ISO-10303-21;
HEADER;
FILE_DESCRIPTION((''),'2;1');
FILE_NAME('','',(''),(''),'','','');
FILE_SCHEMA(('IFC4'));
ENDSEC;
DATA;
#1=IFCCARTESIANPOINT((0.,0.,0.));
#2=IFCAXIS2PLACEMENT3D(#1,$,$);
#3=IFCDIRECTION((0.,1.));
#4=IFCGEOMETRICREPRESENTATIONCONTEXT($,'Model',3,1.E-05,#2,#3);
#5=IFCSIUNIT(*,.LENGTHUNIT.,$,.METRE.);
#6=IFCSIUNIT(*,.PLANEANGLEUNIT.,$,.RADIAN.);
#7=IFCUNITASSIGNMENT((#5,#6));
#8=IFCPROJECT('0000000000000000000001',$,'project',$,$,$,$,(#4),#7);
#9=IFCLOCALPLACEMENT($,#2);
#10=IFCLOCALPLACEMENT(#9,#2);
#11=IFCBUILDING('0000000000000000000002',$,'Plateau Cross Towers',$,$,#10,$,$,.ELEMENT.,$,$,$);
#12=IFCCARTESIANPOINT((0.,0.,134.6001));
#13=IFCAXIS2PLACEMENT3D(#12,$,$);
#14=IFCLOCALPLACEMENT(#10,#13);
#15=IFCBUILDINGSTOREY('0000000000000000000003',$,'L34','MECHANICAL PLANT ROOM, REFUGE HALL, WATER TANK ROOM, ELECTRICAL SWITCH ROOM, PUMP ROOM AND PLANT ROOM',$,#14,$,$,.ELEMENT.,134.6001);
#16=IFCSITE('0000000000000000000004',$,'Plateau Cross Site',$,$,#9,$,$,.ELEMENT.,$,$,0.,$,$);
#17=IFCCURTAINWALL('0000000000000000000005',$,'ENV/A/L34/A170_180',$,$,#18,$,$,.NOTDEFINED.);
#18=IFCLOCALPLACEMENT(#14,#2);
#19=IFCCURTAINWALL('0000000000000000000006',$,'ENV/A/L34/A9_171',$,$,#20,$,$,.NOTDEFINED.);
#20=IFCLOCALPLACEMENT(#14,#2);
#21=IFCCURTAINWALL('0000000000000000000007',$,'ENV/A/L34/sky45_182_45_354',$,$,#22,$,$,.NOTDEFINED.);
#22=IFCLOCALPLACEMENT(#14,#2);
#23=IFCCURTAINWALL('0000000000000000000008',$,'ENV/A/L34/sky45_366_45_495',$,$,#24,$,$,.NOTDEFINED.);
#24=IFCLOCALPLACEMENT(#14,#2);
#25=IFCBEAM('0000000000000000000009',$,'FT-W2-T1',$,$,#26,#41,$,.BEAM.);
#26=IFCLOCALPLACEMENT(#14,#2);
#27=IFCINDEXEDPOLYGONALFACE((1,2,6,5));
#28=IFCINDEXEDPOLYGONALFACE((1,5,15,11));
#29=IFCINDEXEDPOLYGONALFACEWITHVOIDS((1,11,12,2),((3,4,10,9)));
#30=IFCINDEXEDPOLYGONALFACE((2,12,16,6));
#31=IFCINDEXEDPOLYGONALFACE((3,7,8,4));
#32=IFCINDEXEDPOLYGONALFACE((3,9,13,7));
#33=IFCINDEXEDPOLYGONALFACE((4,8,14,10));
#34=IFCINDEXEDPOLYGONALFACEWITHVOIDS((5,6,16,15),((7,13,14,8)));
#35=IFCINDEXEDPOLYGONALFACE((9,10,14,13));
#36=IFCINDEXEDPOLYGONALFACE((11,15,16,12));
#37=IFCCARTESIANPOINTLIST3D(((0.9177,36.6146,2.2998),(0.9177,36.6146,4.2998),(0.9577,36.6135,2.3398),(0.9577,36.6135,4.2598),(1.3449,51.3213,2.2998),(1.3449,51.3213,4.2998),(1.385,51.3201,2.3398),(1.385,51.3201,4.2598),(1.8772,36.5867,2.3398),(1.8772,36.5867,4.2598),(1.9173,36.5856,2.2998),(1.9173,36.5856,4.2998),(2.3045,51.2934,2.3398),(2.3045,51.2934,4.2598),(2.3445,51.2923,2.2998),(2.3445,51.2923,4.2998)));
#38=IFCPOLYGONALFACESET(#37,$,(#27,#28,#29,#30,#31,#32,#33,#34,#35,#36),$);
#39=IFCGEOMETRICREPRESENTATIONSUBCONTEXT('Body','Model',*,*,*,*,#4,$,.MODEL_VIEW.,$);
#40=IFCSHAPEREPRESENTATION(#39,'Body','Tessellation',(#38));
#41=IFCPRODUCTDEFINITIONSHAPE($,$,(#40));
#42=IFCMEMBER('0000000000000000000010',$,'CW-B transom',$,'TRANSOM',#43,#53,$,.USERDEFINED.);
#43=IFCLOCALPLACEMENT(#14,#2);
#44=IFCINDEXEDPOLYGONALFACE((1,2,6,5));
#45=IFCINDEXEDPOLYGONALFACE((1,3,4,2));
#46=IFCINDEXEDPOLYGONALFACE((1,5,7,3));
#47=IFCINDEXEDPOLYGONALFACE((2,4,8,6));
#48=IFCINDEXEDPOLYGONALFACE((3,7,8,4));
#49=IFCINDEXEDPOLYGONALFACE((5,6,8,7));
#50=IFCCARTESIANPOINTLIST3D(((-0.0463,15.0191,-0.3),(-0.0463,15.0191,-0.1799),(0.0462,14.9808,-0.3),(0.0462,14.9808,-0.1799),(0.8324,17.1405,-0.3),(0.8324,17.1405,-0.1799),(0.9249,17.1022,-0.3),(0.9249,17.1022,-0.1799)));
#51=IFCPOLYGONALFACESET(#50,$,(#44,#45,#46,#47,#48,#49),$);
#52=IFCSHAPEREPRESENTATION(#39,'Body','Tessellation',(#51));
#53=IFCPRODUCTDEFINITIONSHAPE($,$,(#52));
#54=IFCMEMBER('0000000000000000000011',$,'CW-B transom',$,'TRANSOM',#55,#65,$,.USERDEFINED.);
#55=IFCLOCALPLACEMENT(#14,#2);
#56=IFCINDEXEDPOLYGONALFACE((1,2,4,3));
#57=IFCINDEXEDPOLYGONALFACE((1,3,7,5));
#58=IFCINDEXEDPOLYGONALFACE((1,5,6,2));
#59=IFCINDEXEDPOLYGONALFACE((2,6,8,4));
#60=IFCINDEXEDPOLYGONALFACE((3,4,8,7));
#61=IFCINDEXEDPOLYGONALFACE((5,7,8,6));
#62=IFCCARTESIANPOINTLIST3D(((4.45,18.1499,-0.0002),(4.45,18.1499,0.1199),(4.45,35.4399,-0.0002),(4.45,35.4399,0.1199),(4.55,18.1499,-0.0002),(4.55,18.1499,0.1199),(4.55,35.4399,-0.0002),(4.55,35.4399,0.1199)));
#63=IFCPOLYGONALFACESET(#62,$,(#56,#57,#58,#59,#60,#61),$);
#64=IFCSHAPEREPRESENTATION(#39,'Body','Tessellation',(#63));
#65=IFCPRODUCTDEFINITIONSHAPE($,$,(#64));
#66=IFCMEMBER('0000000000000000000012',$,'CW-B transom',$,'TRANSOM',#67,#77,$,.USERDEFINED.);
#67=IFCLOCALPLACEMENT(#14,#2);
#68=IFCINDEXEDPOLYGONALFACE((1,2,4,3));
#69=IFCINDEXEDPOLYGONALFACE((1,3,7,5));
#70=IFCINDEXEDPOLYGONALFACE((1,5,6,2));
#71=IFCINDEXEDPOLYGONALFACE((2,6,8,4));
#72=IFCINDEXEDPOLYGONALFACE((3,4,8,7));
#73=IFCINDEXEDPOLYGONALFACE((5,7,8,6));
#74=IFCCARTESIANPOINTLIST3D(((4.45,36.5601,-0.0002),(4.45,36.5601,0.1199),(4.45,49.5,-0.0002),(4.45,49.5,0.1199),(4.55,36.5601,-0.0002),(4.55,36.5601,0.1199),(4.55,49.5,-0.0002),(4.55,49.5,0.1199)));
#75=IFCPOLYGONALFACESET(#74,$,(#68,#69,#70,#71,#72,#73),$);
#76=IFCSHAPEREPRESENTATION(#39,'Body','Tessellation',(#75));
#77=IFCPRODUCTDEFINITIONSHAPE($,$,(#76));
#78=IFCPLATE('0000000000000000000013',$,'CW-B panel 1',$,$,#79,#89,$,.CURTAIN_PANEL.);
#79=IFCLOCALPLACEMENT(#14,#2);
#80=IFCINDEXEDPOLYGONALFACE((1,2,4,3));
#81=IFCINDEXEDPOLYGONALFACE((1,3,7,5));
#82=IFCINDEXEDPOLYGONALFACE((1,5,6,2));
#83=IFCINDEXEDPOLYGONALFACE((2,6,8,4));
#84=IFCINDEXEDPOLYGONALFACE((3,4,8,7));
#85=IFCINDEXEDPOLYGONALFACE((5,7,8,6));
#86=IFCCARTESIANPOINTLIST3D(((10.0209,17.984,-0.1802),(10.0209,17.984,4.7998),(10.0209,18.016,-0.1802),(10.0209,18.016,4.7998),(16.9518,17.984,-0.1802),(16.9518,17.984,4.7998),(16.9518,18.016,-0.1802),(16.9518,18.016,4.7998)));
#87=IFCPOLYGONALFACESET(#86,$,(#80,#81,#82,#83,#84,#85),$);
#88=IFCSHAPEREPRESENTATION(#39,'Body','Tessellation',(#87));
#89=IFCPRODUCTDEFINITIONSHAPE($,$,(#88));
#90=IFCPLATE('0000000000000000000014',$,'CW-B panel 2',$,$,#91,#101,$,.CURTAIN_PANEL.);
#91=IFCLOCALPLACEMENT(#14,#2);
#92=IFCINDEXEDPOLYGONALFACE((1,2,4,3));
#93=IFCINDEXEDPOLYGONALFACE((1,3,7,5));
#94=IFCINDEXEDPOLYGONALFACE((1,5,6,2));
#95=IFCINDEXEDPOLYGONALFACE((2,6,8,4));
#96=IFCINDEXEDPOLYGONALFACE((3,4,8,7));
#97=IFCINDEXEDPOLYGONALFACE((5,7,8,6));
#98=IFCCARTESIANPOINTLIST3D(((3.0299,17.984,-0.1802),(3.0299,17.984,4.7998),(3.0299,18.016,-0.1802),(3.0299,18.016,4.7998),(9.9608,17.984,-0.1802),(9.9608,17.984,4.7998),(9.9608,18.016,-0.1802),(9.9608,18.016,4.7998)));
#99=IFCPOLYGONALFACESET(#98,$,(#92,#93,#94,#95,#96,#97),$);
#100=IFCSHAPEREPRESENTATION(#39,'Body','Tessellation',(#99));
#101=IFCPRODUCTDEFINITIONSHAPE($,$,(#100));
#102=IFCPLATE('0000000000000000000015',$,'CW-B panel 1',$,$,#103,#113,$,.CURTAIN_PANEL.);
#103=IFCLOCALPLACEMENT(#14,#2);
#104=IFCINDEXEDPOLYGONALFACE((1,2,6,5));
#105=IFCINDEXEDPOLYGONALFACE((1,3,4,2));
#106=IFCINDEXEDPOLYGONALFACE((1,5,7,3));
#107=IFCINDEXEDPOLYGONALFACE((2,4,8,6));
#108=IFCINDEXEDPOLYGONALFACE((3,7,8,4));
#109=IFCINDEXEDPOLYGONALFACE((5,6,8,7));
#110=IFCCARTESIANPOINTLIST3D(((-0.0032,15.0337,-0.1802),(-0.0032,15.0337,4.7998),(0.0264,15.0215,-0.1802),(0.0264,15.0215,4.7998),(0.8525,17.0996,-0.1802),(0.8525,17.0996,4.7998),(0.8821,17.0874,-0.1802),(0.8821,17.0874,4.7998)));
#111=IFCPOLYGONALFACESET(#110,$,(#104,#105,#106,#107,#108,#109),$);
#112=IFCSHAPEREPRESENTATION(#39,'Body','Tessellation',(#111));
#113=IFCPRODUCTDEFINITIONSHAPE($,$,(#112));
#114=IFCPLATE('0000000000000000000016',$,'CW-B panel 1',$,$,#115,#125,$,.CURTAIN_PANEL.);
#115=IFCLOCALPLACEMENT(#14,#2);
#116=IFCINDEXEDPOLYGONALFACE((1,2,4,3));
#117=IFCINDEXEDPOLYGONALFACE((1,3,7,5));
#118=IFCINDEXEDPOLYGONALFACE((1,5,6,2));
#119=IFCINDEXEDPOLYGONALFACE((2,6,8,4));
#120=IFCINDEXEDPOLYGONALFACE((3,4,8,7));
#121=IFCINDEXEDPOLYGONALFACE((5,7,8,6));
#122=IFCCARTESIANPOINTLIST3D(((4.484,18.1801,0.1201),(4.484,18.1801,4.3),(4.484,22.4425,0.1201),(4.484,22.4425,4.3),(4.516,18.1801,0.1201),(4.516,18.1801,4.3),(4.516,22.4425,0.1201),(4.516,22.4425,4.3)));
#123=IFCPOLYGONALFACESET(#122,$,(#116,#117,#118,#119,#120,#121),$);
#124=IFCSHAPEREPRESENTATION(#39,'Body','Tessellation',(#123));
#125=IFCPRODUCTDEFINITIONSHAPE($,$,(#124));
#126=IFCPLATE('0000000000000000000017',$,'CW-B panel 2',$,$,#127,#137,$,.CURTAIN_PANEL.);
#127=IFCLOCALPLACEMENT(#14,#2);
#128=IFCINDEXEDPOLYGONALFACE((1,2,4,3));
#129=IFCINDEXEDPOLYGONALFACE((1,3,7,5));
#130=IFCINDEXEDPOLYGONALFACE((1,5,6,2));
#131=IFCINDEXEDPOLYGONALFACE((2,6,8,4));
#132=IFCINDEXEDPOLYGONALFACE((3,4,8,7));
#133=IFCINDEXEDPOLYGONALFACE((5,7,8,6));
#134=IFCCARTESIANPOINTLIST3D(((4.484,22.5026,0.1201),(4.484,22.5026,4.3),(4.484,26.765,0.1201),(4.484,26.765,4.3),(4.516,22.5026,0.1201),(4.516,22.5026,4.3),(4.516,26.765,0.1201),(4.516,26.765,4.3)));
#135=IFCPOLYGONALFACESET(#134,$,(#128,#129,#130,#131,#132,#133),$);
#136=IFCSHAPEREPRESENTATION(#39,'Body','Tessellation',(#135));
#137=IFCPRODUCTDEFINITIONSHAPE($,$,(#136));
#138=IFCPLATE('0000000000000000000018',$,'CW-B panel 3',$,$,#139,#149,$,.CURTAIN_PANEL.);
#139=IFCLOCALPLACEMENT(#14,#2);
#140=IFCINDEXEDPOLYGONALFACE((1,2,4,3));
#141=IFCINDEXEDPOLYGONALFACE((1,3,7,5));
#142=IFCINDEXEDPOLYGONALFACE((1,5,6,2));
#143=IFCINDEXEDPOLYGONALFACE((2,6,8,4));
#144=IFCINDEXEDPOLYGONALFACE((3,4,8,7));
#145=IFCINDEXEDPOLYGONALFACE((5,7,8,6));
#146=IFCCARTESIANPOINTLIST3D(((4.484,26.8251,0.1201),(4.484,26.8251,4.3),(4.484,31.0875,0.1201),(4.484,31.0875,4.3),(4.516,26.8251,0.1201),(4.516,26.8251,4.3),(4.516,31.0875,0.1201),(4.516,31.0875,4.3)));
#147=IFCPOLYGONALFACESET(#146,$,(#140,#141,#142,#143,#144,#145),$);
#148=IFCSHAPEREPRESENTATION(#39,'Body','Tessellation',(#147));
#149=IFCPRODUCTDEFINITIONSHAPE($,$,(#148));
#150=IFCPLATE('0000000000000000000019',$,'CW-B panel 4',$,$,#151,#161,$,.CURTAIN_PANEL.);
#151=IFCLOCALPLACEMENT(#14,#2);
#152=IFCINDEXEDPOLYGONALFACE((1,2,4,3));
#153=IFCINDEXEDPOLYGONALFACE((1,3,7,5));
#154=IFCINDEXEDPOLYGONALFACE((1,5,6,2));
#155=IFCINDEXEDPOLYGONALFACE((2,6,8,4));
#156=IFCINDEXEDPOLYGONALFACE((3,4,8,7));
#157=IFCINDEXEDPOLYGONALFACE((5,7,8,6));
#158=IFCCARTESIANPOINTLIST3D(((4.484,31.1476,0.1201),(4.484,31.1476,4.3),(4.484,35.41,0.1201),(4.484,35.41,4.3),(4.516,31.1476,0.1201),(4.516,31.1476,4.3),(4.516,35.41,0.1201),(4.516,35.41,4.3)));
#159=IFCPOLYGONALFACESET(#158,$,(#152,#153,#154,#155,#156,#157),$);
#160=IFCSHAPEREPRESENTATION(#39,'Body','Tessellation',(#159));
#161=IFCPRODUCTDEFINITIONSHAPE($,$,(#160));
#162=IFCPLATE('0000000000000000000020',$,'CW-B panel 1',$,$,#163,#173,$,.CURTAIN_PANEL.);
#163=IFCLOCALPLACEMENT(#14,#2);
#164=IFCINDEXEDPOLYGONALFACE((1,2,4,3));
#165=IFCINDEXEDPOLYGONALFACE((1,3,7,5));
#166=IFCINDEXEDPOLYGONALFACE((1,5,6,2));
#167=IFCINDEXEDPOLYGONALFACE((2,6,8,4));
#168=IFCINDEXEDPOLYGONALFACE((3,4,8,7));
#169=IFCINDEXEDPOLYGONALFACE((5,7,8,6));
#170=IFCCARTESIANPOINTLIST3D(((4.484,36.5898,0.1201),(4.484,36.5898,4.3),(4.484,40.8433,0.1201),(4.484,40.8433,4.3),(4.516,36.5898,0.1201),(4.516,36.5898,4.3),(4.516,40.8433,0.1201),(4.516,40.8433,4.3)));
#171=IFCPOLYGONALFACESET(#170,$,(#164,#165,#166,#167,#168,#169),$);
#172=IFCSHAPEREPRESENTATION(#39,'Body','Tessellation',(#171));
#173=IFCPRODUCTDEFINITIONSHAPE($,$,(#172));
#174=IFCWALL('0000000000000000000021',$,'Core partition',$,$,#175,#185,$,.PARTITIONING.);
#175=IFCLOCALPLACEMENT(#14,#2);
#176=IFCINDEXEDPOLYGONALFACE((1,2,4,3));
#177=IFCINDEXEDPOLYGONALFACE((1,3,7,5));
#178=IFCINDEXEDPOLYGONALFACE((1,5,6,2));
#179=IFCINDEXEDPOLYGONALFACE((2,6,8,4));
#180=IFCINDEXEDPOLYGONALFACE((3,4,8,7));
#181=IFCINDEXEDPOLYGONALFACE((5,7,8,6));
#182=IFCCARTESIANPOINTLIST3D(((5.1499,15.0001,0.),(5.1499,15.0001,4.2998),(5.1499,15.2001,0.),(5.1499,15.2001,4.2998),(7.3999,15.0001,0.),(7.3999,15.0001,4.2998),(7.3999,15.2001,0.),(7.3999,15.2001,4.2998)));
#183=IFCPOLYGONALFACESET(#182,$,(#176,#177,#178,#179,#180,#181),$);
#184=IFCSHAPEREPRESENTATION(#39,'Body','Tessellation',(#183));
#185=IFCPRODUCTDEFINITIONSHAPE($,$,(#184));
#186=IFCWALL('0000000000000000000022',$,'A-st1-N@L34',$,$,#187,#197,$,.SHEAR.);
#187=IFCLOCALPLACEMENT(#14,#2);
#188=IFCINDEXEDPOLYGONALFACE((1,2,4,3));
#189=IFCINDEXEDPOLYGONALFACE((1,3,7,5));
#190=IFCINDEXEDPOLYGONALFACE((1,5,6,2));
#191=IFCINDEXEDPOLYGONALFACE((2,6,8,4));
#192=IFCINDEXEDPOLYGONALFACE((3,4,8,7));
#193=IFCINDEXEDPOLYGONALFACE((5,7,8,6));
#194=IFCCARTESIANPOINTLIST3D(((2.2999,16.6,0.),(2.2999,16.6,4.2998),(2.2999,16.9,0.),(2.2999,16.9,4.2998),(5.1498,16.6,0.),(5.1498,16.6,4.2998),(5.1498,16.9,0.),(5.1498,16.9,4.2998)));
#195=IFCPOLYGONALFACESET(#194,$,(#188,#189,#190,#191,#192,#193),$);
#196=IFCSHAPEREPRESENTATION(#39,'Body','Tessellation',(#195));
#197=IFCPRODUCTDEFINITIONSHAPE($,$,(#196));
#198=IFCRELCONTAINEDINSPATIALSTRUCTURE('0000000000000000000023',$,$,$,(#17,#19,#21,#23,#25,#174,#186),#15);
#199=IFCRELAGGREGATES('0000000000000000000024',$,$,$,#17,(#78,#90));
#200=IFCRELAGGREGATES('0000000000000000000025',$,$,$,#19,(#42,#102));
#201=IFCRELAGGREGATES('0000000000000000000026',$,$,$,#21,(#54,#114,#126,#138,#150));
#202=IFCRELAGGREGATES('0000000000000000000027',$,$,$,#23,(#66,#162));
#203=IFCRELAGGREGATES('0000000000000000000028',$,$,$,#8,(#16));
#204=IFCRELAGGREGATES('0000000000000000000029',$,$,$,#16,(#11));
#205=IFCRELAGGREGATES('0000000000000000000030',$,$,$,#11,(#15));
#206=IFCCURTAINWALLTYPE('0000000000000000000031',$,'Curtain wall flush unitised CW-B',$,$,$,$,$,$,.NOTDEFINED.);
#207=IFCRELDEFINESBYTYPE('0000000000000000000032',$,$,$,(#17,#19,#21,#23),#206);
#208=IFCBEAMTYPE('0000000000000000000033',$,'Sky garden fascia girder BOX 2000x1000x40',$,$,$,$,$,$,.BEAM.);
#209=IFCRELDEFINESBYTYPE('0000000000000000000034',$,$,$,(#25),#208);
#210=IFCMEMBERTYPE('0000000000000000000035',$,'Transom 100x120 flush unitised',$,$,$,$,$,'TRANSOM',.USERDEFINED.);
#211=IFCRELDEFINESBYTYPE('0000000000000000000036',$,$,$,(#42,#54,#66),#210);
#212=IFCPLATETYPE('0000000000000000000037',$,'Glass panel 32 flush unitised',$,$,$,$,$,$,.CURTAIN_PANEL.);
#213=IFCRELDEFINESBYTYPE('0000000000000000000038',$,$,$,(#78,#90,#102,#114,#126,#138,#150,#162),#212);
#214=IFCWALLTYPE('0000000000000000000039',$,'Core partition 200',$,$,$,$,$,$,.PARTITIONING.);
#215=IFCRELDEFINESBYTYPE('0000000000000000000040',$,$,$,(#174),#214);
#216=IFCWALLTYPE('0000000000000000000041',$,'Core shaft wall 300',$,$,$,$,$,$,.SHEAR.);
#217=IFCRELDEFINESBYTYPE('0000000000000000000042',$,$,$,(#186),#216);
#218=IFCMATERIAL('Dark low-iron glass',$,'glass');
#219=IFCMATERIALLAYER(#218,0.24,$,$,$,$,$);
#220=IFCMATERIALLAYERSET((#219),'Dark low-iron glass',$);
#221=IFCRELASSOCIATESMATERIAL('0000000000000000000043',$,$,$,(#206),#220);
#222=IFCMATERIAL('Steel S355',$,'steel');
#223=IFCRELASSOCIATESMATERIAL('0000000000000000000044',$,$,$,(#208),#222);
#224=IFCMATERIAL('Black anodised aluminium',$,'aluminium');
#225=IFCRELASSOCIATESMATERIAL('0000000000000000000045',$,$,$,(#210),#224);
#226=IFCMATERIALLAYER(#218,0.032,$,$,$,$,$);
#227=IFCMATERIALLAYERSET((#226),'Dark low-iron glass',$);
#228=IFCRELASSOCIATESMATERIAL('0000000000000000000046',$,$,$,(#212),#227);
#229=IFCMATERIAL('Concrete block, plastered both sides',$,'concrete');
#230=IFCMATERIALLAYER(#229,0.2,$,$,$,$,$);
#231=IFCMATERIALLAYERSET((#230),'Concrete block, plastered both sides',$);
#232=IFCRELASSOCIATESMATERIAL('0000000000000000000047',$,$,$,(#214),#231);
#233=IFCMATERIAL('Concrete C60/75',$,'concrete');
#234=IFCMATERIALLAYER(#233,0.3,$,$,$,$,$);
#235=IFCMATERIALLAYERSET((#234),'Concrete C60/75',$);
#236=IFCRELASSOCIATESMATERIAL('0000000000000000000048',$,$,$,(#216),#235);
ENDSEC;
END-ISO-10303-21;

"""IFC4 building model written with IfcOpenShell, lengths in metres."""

from ifc_helpers import new_model, si_unit, direction, frame, frame_2d, origin, origin_2d, place, context, subcontext, project, spatial, rectangle, hollow_rectangle, extrude, material, layer, layer_set, material_profile, profile_set, type_object, element, aggregate, save


model = new_model("IFC4")

# Units and contexts
model_context = context("Model", 3, precision=1e-05, world=origin(), true_north=direction((0.0, 1.0)))
body_context = subcontext(model_context, "Body", "Model", "MODEL_VIEW")
ifc_project = project(units=[si_unit("LENGTHUNIT", "METRE"), si_unit("PLANEANGLEUNIT", "RADIAN")], contexts=[model_context])

# Site, building, storey
site_placement = place(None, origin())
site = spatial("IfcSite", under=ifc_project, at=site_placement, Name="Plateau Cross Site", CompositionType="ELEMENT", RefElevation=0.0)
building_placement = place(site_placement, origin())
building = spatial("IfcBuilding", under=site, at=building_placement, Name="Plateau Cross Towers", CompositionType="ELEMENT")
storey_placement = place(building_placement, frame((0.0, 0.0, 134.6001)))
storey = spatial("IfcBuildingStorey", under=building, at=storey_placement, Name="L34", Description="MECHANICAL PLANT ROOM, REFUGE HALL, WATER TANK ROOM, ELECTRICAL SWITCH ROOM, PUMP ROOM AND PLANT ROOM", CompositionType="ELEMENT", Elevation=134.6001)

# Shared definitions
ifc_material_1 = material(Name="Concrete C60/75", Category="concrete")

# Curtain wall
ifc_material_2 = material(Name="Dark low-iron glass", Category="glass")
ifc_layer_1 = layer(ifc_material_2, 0.24)
ifc_layer_set_1 = layer_set([ifc_layer_1], Name="Dark low-iron glass")
curtain_wall_type = type_object("IfcCurtainWallType", Name="Curtain wall flush unitised CW-B", PredefinedType="NOTDEFINED", material=ifc_layer_set_1)
curtain_wall_1_placement = place(storey_placement, origin())
curtain_wall_1 = element("IfcCurtainWall", 1, at=curtain_wall_1_placement, inside=storey, type_object=curtain_wall_type, Name="ENV/A/L34/A170_180", PredefinedType="NOTDEFINED")
ifc_material_3 = material(Name="Black anodised aluminium", Category="aluminium")

# Curtain wall
curtain_wall_2_placement = place(storey_placement, origin())
curtain_wall_2 = element("IfcCurtainWall", 2, at=curtain_wall_2_placement, inside=storey, type_object=curtain_wall_type, Name="ENV/A/L34/A9_171", PredefinedType="NOTDEFINED")

# Curtain wall
curtain_wall_3_placement = place(storey_placement, origin())
curtain_wall_3 = element("IfcCurtainWall", 3, at=curtain_wall_3_placement, inside=storey, type_object=curtain_wall_type, Name="ENV/A/L34/sky45_182_45_354", PredefinedType="NOTDEFINED")

# Curtain wall
curtain_wall_4_placement = place(storey_placement, origin())
curtain_wall_4 = element("IfcCurtainWall", 4, at=curtain_wall_4_placement, inside=storey, type_object=curtain_wall_type, Name="ENV/A/L34/sky45_366_45_495", PredefinedType="NOTDEFINED")

# Beam
ifc_material_4 = material(Name="Steel S355", Category="steel")
ifc_material_profile_1 = material_profile(ifc_material_4, hollow_rectangle(XDim=1.0, YDim=2.0, WallThickness=0.04, at=origin_2d()), Name="BOX 2000x1000x40")
ifc_profile_set_1 = profile_set([ifc_material_profile_1], Name="Steel S355")
beam_type_1 = type_object("IfcBeamType", Name="Sky garden fascia girder BOX 2000x1000x40", PredefinedType="BEAM", material=ifc_profile_set_1)
beam_1_placement = place(storey_placement, frame((1.4175, 36.6001, 3.2998), z_axis=(0.029039, 0.999578, 0.0), x_axis=(-0.999578, 0.029039, 0.0)))
element("IfcBeam", 5, at=beam_1_placement, inside=storey, type_object=beam_type_1, Name="FT-W2-T1", PredefinedType="BEAM", context=body_context, shape_type="SweptSolid", body=[
    extrude(hollow_rectangle(XDim=1.0, YDim=2.0, WallThickness=0.04, at=origin_2d()), origin(), (0.0, 0.0, 1.0), 14.7129),
])

# Members
ifc_material_profile_2 = material_profile(ifc_material_3, rectangle(XDim=0.1001, YDim=0.1201, at=origin_2d()), Name="TRANSOM 100x120")
ifc_profile_set_2 = profile_set([ifc_material_profile_2], Name="Black anodised aluminium")
member_type_1 = type_object("IfcMemberType", Name="Transom 100x120 flush unitised", ElementType="TRANSOM", PredefinedType="USERDEFINED", material=ifc_profile_set_2)
member_1_placement = place(storey_placement, frame((0.8787, 17.1213, -0.24), z_axis=(-0.382674, -0.923883, 0.0), x_axis=(0.923883, -0.382674, 0.0)))
member_1 = element("IfcMember", 6, at=member_1_placement, type_object=member_type_1, Name="CW-B transom", ObjectType="TRANSOM", PredefinedType="USERDEFINED", context=body_context, shape_type="SweptSolid", body=[
    extrude(rectangle(XDim=0.1001, YDim=0.1201, at=origin_2d()), origin(), (0.0, 0.0, 1.0), 2.2961),
])
member_2_placement = place(storey_placement, frame((4.5, 18.1499, 0.0598), z_axis=(0.0, 1.0, 0.0), x_axis=(-1.0, 0.0, 0.0)))
member_2 = element("IfcMember", 7, at=member_2_placement, type_object=member_type_1, Name="CW-B transom", ObjectType="TRANSOM", PredefinedType="USERDEFINED", context=body_context, shape_type="SweptSolid", body=[
    extrude(rectangle(XDim=0.1001, YDim=0.1201, at=origin_2d()), origin(), (0.0, 0.0, 1.0), 17.29),
])
member_3_placement = place(storey_placement, frame((4.5, 36.5601, 0.0598), z_axis=(0.0, 1.0, 0.0), x_axis=(-1.0, 0.0, 0.0)))
member_3 = element("IfcMember", 8, at=member_3_placement, type_object=member_type_1, Name="CW-B transom", ObjectType="TRANSOM", PredefinedType="USERDEFINED", context=body_context, shape_type="SweptSolid", body=[
    extrude(rectangle(XDim=0.1001, YDim=0.1201, at=origin_2d()), origin(), (0.0, 0.0, 1.0), 12.9399),
])

# Plates
ifc_layer_2 = layer(ifc_material_2, 0.032)
ifc_layer_set_2 = layer_set([ifc_layer_2], Name="Dark low-iron glass")
plate_type = type_object("IfcPlateType", Name="Glass panel 32 flush unitised", PredefinedType="CURTAIN_PANEL", material=ifc_layer_set_2)
plate_1_placement = place(storey_placement, frame((13.4863, 18.0, -0.1802), z_axis=(0.0, 0.0, 1.0), x_axis=(-1.0, 0.0, 0.0)))
plate_1 = element("IfcPlate", 9, at=plate_1_placement, type_object=plate_type, Name="CW-B panel 1", PredefinedType="CURTAIN_PANEL", context=body_context, shape_type="SweptSolid", body=[
    extrude(rectangle(XDim=6.9309, YDim=0.032, at=origin_2d()), origin(), (0.0, 0.0, 1.0), 4.98),
])
plate_2_placement = place(storey_placement, frame((6.4954, 18.0, -0.1802), z_axis=(0.0, 0.0, 1.0), x_axis=(-1.0, 0.0, 0.0)))
plate_2 = element("IfcPlate", 10, at=plate_2_placement, type_object=plate_type, Name="CW-B panel 2", PredefinedType="CURTAIN_PANEL", context=body_context, shape_type="SweptSolid", body=[
    extrude(rectangle(XDim=6.9309, YDim=0.032, at=origin_2d()), origin(), (0.0, 0.0, 1.0), 4.98),
])
aggregate(curtain_wall_1, [plate_1, plate_2])
plate_3_placement = place(storey_placement, frame((0.4395, 16.0605, -0.1802), z_axis=(0.0, 0.0, 1.0), x_axis=(-0.382684, -0.923879, 0.0)))
plate_3 = element("IfcPlate", 11, at=plate_3_placement, type_object=plate_type, Name="CW-B panel 1", PredefinedType="CURTAIN_PANEL", context=body_context, shape_type="SweptSolid", body=[
    extrude(rectangle(XDim=2.2361, YDim=0.032, at=origin_2d()), origin(), (0.0, 0.0, 1.0), 4.98),
])
aggregate(curtain_wall_2, [member_1, plate_3])
plate_4_placement = place(storey_placement, frame((4.5, 20.3113, 0.1201), z_axis=(0.0, 0.0, 1.0), x_axis=(0.0, 1.0, 0.0)))
plate_4 = element("IfcPlate", 12, at=plate_4_placement, type_object=plate_type, Name="CW-B panel 1", PredefinedType="CURTAIN_PANEL", context=body_context, shape_type="SweptSolid", body=[
    extrude(rectangle(XDim=4.2625, YDim=0.032, at=origin_2d()), origin(), (0.0, 0.0, 1.0), 4.1799),
])
plate_5_placement = place(storey_placement, frame((4.5, 24.6338, 0.1201), z_axis=(0.0, 0.0, 1.0), x_axis=(0.0, 1.0, 0.0)))
plate_5 = element("IfcPlate", 13, at=plate_5_placement, type_object=plate_type, Name="CW-B panel 2", PredefinedType="CURTAIN_PANEL", context=body_context, shape_type="SweptSolid", body=[
    extrude(rectangle(XDim=4.2625, YDim=0.032, at=origin_2d()), origin(), (0.0, 0.0, 1.0), 4.1799),
])
plate_6_placement = place(storey_placement, frame((4.5, 28.9563, 0.1201), z_axis=(0.0, 0.0, 1.0), x_axis=(0.0, 1.0, 0.0)))
plate_6 = element("IfcPlate", 14, at=plate_6_placement, type_object=plate_type, Name="CW-B panel 3", PredefinedType="CURTAIN_PANEL", context=body_context, shape_type="SweptSolid", body=[
    extrude(rectangle(XDim=4.2625, YDim=0.032, at=origin_2d()), origin(), (0.0, 0.0, 1.0), 4.1799),
])
plate_7_placement = place(storey_placement, frame((4.5, 33.2788, 0.1201), z_axis=(0.0, 0.0, 1.0), x_axis=(0.0, 1.0, 0.0)))
plate_7 = element("IfcPlate", 15, at=plate_7_placement, type_object=plate_type, Name="CW-B panel 4", PredefinedType="CURTAIN_PANEL", context=body_context, shape_type="SweptSolid", body=[
    extrude(rectangle(XDim=4.2625, YDim=0.032, at=origin_2d()), origin(), (0.0, 0.0, 1.0), 4.1799),
])
aggregate(curtain_wall_3, [member_2, plate_4, plate_5, plate_6, plate_7])
plate_8_placement = place(storey_placement, frame((4.5, 38.7166, 0.1201), z_axis=(0.0, 0.0, 1.0), x_axis=(0.0, 1.0, 0.0)))
plate_8 = element("IfcPlate", 16, at=plate_8_placement, type_object=plate_type, Name="CW-B panel 1", PredefinedType="CURTAIN_PANEL", context=body_context, shape_type="SweptSolid", body=[
    extrude(rectangle(XDim=4.2534, YDim=0.032, at=origin_2d()), origin(), (0.0, 0.0, 1.0), 4.1799),
])
aggregate(curtain_wall_4, [member_3, plate_8])

# Walls
ifc_material_5 = material(Name="Concrete block, plastered both sides", Category="concrete")
ifc_layer_3 = layer(ifc_material_5, 0.2)
ifc_layer_set_3 = layer_set([ifc_layer_3], Name="Concrete block, plastered both sides")
wall_type_1 = type_object("IfcWallType", Name="Core partition 200", PredefinedType="PARTITIONING", material=ifc_layer_set_3)
wall_1_placement = place(storey_placement, frame((5.1499, 15.1001, 0.0), z_axis=(0.0, 0.0, 1.0), x_axis=(1.0, 0.0, 0.0)))
element("IfcWall", 17, at=wall_1_placement, inside=storey, type_object=wall_type_1, Name="Core partition", PredefinedType="PARTITIONING", context=body_context, shape_type="SweptSolid", body=[
    extrude(rectangle(XDim=2.25, YDim=0.2, at=frame_2d((1.125, 0.0))), origin(), (0.0, 0.0, 1.0), 4.2998),
])
ifc_layer_4 = layer(ifc_material_1, 0.3)
ifc_layer_set_4 = layer_set([ifc_layer_4], Name="Concrete C60/75")
wall_type_2 = type_object("IfcWallType", Name="Core shaft wall 300", PredefinedType="SHEAR", material=ifc_layer_set_4)
wall_2_placement = place(storey_placement, frame((2.3, 16.75, 0.0), z_axis=(0.0, 0.0, 1.0), x_axis=(1.0, 0.0, 0.0)))
element("IfcWall", 18, at=wall_2_placement, inside=storey, type_object=wall_type_2, Name="A-st1-N@L34", PredefinedType="SHEAR", context=body_context, shape_type="SweptSolid", body=[
    extrude(rectangle(XDim=2.8499, YDim=0.3, at=frame_2d((1.4248, 0.0))), origin(), (0.0, 0.0, 1.0), 4.2998),
])

save(model, "model.ifc")
